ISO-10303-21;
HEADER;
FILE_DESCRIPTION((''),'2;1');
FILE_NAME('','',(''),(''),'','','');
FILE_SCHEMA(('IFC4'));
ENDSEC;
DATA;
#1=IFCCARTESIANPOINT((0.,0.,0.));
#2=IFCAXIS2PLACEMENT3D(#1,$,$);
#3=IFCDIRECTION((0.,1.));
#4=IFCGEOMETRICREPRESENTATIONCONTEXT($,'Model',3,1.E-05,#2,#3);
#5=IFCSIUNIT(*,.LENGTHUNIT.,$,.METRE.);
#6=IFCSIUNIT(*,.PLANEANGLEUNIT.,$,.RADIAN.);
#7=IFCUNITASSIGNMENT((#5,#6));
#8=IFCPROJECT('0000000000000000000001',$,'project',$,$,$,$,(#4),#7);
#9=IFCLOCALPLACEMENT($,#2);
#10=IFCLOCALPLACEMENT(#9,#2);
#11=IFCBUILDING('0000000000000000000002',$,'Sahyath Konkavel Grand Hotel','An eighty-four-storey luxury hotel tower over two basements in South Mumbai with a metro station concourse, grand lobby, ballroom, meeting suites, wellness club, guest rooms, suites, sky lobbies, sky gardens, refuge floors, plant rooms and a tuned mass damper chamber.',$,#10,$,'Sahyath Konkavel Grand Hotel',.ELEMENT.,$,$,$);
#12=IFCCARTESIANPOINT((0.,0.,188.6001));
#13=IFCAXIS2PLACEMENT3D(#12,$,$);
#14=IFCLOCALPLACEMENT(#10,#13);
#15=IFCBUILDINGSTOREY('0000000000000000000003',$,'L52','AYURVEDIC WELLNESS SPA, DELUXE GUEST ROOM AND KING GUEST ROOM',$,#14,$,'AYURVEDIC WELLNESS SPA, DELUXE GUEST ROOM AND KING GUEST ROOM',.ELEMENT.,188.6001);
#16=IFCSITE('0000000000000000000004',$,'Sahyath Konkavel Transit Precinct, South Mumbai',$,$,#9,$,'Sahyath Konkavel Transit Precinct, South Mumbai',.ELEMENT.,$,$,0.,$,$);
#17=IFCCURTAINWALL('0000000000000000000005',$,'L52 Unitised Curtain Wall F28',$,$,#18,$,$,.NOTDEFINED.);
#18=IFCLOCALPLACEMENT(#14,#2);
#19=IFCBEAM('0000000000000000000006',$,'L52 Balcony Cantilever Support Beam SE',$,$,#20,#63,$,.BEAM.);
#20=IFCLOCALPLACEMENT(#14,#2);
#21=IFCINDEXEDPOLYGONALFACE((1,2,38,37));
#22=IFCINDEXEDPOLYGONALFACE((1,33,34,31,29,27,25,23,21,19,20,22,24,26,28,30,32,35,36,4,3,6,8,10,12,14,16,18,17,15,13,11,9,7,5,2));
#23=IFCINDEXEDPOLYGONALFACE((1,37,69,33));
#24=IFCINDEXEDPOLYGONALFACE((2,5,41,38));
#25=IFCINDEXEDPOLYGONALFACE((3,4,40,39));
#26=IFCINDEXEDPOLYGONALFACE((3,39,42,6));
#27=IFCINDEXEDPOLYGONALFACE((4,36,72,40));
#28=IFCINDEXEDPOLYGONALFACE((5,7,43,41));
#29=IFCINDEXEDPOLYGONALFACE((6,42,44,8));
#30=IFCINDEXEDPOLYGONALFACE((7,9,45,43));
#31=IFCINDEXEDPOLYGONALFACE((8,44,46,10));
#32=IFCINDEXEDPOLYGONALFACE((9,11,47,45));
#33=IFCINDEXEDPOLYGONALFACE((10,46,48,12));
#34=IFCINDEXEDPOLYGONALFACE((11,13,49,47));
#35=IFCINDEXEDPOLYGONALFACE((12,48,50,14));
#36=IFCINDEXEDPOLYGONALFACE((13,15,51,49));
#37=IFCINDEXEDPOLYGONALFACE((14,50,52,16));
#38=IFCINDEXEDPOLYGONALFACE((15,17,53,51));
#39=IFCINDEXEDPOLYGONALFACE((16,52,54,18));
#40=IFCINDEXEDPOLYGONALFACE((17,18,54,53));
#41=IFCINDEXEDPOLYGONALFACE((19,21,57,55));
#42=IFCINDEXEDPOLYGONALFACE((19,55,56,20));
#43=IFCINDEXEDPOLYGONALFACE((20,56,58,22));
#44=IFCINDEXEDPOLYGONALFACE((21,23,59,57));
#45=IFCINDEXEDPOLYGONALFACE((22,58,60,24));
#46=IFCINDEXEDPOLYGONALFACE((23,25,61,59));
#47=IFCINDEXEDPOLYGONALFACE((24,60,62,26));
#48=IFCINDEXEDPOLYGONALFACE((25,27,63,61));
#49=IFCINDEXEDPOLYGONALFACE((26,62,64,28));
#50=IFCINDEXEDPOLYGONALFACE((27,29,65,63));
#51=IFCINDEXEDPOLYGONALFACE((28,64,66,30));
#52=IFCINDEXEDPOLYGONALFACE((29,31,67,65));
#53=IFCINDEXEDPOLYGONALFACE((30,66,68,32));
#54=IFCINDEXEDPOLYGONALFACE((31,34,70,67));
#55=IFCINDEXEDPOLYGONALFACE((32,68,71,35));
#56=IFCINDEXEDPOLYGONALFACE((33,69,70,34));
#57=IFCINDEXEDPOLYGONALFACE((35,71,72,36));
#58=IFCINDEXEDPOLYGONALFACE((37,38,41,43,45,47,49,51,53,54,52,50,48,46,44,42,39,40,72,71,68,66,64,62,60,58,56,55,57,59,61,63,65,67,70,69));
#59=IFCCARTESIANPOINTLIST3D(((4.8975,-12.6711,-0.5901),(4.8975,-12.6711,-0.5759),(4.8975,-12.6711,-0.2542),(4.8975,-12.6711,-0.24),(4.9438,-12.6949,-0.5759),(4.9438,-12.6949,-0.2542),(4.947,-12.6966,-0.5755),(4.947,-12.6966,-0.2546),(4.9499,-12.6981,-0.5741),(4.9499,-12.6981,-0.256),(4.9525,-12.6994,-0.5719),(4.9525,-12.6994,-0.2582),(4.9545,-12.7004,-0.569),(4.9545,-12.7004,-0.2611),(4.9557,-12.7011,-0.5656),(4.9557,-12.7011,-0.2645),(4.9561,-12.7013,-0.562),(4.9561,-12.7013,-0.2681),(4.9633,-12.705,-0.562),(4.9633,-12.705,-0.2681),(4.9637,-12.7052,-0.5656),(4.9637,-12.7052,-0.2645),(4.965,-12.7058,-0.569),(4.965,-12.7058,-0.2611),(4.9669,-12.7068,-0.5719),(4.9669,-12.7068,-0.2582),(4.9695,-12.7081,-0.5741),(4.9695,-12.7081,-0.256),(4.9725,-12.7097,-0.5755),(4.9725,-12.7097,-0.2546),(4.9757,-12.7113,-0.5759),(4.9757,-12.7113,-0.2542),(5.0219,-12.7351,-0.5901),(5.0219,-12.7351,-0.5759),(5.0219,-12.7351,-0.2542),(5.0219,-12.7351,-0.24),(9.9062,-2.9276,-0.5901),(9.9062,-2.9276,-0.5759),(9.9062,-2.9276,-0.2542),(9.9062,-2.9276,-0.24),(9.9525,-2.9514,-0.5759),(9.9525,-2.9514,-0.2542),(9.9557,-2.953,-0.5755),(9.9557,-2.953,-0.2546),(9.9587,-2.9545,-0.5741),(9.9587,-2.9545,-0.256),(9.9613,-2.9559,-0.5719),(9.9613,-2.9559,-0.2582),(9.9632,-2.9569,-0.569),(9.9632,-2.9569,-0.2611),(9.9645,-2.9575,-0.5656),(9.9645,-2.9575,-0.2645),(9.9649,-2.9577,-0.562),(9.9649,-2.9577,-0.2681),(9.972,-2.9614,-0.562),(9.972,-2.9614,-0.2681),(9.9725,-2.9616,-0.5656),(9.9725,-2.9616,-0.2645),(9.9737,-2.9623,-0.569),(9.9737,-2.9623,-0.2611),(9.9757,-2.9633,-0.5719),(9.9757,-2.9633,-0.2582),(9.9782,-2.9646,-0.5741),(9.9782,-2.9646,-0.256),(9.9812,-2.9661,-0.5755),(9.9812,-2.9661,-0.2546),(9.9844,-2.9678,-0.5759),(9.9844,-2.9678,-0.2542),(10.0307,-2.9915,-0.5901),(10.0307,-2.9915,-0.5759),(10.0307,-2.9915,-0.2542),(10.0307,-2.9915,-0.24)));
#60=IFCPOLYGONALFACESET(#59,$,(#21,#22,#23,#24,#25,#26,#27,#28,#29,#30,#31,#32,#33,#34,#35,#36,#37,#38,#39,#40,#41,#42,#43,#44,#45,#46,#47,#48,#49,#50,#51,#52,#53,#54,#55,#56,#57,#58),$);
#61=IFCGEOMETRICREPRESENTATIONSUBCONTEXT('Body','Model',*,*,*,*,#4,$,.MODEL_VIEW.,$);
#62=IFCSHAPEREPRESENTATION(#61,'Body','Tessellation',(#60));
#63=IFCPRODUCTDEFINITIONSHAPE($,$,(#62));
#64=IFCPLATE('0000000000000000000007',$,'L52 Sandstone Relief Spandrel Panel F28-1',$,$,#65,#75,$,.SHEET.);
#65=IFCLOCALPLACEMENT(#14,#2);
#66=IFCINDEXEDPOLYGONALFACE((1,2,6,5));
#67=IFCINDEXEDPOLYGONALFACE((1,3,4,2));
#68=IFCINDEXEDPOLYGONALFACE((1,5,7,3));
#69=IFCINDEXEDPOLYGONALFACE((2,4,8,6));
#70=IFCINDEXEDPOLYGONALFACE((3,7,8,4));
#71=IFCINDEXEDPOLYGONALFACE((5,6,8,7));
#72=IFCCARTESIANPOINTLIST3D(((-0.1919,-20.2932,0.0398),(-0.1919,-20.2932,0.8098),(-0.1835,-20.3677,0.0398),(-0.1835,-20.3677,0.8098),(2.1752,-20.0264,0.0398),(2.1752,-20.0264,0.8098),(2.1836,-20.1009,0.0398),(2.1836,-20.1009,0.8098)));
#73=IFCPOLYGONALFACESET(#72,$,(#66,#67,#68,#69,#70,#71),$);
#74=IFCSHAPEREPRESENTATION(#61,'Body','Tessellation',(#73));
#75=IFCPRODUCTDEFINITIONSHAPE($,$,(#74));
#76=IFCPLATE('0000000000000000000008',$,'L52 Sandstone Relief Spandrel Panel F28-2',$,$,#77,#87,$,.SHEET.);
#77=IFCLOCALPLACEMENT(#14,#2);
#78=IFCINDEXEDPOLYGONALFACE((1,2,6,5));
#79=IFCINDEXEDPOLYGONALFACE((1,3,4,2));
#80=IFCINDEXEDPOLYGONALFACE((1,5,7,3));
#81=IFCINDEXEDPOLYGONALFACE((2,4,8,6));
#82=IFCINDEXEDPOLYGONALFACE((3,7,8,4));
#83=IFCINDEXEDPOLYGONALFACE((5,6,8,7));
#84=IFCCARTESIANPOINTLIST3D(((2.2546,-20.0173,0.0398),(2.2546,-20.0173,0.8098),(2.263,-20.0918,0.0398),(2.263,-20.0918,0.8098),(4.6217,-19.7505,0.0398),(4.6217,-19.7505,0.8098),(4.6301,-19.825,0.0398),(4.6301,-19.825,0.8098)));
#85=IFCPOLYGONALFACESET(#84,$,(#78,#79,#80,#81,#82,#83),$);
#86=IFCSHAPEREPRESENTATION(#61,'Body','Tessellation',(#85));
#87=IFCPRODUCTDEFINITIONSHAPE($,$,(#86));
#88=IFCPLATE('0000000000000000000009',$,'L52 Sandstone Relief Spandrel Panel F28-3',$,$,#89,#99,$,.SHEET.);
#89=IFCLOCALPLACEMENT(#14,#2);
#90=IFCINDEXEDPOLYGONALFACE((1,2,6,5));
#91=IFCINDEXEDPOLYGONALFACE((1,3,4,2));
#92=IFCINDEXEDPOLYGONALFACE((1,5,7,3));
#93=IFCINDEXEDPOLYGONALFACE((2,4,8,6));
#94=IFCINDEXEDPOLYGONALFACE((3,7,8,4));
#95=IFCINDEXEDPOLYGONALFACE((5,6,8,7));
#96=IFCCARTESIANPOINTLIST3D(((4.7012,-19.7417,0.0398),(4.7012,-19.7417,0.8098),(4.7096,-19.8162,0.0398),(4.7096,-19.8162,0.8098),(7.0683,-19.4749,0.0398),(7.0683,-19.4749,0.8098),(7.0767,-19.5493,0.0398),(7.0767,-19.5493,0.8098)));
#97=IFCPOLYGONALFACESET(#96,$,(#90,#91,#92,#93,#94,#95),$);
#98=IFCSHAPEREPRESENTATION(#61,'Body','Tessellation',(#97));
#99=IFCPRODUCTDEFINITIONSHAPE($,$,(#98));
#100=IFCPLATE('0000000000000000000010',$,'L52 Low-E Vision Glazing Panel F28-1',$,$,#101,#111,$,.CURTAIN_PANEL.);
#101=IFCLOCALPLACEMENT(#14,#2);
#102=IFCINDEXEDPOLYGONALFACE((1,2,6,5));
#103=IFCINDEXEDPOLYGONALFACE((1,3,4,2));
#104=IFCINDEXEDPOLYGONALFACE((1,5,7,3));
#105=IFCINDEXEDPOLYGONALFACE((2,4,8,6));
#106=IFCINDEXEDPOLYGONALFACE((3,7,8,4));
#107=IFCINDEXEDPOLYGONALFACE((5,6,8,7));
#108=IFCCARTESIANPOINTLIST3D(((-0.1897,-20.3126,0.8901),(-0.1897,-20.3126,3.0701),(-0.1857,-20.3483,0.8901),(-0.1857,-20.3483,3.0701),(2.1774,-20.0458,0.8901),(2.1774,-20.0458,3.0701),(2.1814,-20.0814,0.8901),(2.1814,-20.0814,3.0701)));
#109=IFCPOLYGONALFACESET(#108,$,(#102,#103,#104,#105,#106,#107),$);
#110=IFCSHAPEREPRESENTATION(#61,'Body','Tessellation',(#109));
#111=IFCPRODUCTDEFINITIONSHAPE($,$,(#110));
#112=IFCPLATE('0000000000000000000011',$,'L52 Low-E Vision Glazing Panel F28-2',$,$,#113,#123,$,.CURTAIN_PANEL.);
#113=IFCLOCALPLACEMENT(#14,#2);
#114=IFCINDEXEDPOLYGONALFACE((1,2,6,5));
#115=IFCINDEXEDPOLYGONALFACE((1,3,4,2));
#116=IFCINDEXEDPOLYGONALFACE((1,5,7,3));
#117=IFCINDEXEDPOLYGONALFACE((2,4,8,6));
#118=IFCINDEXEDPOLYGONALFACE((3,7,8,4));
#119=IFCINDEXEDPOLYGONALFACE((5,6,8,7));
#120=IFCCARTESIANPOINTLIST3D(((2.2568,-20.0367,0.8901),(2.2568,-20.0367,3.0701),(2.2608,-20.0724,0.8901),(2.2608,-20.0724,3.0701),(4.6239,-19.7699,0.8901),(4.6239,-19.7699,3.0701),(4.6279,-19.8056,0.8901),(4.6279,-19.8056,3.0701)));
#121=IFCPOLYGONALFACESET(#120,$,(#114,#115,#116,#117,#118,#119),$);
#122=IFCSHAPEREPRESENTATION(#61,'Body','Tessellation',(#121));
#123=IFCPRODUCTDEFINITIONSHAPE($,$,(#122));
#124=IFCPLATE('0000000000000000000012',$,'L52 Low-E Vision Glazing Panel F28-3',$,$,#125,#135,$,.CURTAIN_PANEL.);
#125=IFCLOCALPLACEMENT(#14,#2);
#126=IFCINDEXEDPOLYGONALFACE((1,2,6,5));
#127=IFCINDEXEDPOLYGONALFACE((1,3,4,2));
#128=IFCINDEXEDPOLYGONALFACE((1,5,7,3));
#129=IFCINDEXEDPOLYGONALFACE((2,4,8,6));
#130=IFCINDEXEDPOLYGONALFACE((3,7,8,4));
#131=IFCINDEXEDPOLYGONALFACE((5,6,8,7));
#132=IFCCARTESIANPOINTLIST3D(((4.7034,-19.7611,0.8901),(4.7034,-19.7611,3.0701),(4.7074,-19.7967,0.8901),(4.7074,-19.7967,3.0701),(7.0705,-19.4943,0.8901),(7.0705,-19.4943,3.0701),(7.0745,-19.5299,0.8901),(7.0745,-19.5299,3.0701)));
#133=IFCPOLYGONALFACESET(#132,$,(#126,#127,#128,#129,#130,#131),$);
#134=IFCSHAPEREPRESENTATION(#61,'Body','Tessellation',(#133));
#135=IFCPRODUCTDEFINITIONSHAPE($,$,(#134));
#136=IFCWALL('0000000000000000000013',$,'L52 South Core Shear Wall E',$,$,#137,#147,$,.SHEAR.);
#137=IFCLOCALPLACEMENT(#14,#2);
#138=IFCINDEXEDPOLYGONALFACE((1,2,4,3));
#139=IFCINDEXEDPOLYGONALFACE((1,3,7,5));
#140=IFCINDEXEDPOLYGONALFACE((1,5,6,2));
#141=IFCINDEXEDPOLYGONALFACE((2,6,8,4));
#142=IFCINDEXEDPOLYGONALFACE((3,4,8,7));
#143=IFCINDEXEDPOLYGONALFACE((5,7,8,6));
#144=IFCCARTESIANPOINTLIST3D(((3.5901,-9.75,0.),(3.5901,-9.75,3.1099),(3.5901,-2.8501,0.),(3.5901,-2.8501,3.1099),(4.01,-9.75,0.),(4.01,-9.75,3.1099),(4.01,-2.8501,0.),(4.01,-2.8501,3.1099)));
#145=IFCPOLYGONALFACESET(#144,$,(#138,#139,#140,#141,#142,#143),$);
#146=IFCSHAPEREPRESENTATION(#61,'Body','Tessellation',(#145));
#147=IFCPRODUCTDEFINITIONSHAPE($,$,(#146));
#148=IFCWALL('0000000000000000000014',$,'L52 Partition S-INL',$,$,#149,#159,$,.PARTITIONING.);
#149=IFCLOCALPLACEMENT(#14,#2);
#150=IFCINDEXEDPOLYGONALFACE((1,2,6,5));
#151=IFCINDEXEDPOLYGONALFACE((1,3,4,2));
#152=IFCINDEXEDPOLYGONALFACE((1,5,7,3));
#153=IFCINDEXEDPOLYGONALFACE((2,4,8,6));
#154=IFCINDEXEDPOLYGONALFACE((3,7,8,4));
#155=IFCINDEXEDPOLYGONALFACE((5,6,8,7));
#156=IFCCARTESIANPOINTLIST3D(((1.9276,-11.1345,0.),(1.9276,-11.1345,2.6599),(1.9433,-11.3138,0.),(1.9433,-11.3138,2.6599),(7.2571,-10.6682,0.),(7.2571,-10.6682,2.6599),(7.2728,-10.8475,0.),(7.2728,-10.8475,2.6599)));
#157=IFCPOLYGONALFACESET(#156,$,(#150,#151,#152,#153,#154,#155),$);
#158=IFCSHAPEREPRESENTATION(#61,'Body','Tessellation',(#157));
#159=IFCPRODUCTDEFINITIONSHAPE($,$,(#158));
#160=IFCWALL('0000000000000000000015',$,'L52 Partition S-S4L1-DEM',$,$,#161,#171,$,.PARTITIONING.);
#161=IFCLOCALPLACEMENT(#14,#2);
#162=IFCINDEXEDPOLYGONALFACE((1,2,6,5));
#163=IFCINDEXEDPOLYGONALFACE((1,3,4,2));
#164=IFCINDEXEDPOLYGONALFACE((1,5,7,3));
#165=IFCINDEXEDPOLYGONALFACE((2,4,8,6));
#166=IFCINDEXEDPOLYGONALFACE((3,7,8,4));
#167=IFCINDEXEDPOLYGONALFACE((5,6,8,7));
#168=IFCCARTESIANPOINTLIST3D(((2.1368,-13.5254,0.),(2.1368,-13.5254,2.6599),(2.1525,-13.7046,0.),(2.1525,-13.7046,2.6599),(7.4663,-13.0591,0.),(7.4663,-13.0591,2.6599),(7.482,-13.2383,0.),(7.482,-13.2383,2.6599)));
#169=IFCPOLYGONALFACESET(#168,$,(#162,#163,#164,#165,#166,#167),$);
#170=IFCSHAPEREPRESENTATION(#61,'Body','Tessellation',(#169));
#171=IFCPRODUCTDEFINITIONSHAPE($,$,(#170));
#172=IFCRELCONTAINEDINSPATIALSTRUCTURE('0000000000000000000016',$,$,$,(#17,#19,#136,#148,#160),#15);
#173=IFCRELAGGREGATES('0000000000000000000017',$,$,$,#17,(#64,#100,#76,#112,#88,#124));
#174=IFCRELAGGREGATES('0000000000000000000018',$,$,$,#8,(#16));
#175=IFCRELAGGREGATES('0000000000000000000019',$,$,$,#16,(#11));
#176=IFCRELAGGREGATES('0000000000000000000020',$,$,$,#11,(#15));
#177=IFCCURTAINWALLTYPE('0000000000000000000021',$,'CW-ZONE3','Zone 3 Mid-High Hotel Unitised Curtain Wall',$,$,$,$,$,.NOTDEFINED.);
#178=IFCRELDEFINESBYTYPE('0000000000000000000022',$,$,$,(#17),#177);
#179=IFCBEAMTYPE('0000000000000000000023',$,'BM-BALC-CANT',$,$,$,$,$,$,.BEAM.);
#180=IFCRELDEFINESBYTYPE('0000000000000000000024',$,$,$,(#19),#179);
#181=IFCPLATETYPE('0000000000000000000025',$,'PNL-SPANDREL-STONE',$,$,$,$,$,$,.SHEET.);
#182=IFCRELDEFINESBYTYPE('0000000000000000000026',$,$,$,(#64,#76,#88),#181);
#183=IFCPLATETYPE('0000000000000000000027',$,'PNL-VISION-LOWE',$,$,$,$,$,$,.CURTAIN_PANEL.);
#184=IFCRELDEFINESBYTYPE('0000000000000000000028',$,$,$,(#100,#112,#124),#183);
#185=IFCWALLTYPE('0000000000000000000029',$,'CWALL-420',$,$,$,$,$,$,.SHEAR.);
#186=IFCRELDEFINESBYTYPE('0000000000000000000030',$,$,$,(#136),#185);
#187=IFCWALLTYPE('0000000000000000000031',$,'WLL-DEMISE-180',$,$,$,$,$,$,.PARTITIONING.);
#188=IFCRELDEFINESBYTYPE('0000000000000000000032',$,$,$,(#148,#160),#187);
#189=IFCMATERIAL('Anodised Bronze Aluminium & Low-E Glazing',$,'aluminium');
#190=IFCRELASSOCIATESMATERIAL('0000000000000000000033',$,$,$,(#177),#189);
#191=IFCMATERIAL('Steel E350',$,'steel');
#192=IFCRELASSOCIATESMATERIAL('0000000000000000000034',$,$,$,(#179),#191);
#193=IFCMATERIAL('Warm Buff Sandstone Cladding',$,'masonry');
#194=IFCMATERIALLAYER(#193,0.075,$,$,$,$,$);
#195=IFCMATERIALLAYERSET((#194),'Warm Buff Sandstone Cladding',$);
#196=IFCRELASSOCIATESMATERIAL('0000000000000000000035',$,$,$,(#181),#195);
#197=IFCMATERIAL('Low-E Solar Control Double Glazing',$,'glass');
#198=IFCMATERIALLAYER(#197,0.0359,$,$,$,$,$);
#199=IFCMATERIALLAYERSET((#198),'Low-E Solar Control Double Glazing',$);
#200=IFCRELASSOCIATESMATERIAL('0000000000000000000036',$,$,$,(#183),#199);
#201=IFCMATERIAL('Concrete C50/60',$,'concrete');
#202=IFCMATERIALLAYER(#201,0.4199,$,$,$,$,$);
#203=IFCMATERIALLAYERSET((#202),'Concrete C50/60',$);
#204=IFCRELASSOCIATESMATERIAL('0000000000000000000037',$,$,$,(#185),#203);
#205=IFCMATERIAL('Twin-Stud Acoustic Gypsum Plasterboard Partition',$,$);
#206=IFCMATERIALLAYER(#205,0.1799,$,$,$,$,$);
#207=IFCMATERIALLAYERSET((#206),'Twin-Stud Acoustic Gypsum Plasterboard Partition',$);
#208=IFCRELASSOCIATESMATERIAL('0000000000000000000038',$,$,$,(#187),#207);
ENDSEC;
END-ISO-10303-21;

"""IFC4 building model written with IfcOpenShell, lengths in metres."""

from ifc_helpers import new_model, si_unit, direction, frame, frame_2d, origin, origin_2d, place, context, subcontext, project, spatial, rectangle, i_section, extrude, source, transform, mapped, material, layer, layer_set, material_profile, profile_set, type_object, element, aggregate, save


model = new_model("IFC4")

# Units and contexts
model_context = context("Model", 3, precision=1e-05, world=origin(), true_north=direction((0.0, 1.0)))
body_context = subcontext(model_context, "Body", "Model", "MODEL_VIEW")
ifc_project = project(units=[si_unit("LENGTHUNIT", "METRE"), si_unit("PLANEANGLEUNIT", "RADIAN")], contexts=[model_context])

# Site, building, storey
site_placement = place(None, origin())
site = spatial("IfcSite", under=ifc_project, at=site_placement, Name="Sahyath Konkavel Transit Precinct, South Mumbai", LongName="Sahyath Konkavel Transit Precinct, South Mumbai", CompositionType="ELEMENT", RefElevation=0.0)
building_placement = place(site_placement, origin())
building = spatial("IfcBuilding", under=site, at=building_placement, Name="Sahyath Konkavel Grand Hotel", Description="An eighty-four-storey luxury hotel tower over two basements in South Mumbai with a metro station concourse, grand lobby, ballroom, meeting suites, wellness club, guest rooms, suites, sky lobbies, sky gardens, refuge floors, plant rooms and a tuned mass damper chamber.", LongName="Sahyath Konkavel Grand Hotel", CompositionType="ELEMENT")
storey_placement = place(building_placement, frame((0.0, 0.0, 188.6001)))
storey = spatial("IfcBuildingStorey", under=building, at=storey_placement, Name="L52", Description="AYURVEDIC WELLNESS SPA, DELUXE GUEST ROOM AND KING GUEST ROOM", LongName="AYURVEDIC WELLNESS SPA, DELUXE GUEST ROOM AND KING GUEST ROOM", CompositionType="ELEMENT", Elevation=188.6001)

# Shared definitions
ifc_material_1 = material(Name="Concrete C50/60", Category="concrete")

# Shared definitions
ifc_material_2 = material(Name="Steel E350", Category="steel")

# Curtain wall
ifc_material_3 = material(Name="Anodised Bronze Aluminium & Low-E Glazing", Category="aluminium")
curtain_wall_type = type_object("IfcCurtainWallType", Name="CW-ZONE3", Description="Zone 3 Mid-High Hotel Unitised Curtain Wall", PredefinedType="NOTDEFINED", material=ifc_material_3)
curtain_wall_placement = place(storey_placement, origin())
curtain_wall = element("IfcCurtainWall", 1, at=curtain_wall_placement, inside=storey, type_object=curtain_wall_type, Name="L52 Unitised Curtain Wall F28", PredefinedType="NOTDEFINED")

# Beam
ifc_material_profile_1 = material_profile(ifc_material_2, i_section(OverallWidth=0.1399, OverallDepth=0.3501, WebThickness=0.0081, FlangeThickness=0.0142, FilletRadius=0.0139, at=origin_2d()), Name="ISMB 350")
ifc_profile_set_1 = profile_set([ifc_material_profile_1], Name="Steel E350")
beam_type_1 = type_object("IfcBeamType", Name="BM-BALC-CANT", PredefinedType="BEAM", material=ifc_profile_set_1)
shared_shape_1 = source(origin(), body_context, "Body", "SweptSolid", [
    extrude(i_section(OverallWidth=0.1399, OverallDepth=0.3501, WebThickness=0.0081, FlangeThickness=0.0142, FilletRadius=0.0139, at=origin_2d()), origin(), (0.0, 0.0, 1.0), 10.9556),
])
beam_1_placement = place(storey_placement, frame((4.9597, -12.7031, -0.415), z_axis=(0.457187, 0.889371, 0.0), x_axis=(-0.889371, 0.457187, 0.0)))
element("IfcBeam", 2, at=beam_1_placement, inside=storey, type_object=beam_type_1, Name="L52 Balcony Cantilever Support Beam SE", PredefinedType="BEAM", context=body_context, shape_type="MappedRepresentation", body=[
    mapped(shared_shape_1, transform((0.0, 0.0, 0.0), scale=1.0)),
])

# Plates
ifc_material_4 = material(Name="Warm Buff Sandstone Cladding", Category="masonry")
ifc_layer_1 = layer(ifc_material_4, 0.075)
ifc_layer_set_1 = layer_set([ifc_layer_1], Name="Warm Buff Sandstone Cladding")
plate_type_1 = type_object("IfcPlateType", Name="PNL-SPANDREL-STONE", PredefinedType="SHEET", material=ifc_layer_set_1)
shared_shape_2 = source(origin(), body_context, "Body", "SweptSolid", [
    extrude(rectangle(XDim=2.3821, YDim=0.075, at=origin_2d()), origin(), (0.0, 0.0, 1.0), 0.77),
])
plate_1_placement = place(storey_placement, frame((0.9958, -20.197, 0.0398), z_axis=(0.0, 0.0, 1.0), x_axis=(0.993707, 0.112007, 0.0)))
plate_1 = element("IfcPlate", 3, at=plate_1_placement, type_object=plate_type_1, Name="L52 Sandstone Relief Spandrel Panel F28-1", PredefinedType="SHEET", context=body_context, shape_type="MappedRepresentation", body=[
    mapped(shared_shape_2, transform((0.0, 0.0, 0.0), scale=1.0)),
])
plate_2_placement = place(storey_placement, frame((3.4424, -19.9211, 0.0398), z_axis=(0.0, 0.0, 1.0), x_axis=(0.993707, 0.112007, 0.0)))
plate_2 = element("IfcPlate", 4, at=plate_2_placement, type_object=plate_type_1, Name="L52 Sandstone Relief Spandrel Panel F28-2", PredefinedType="SHEET", context=body_context, shape_type="MappedRepresentation", body=[
    mapped(shared_shape_2, transform((0.0, 0.0, 0.0), scale=1.0)),
])
plate_3_placement = place(storey_placement, frame((5.8889, -19.6455, 0.0398), z_axis=(0.0, 0.0, 1.0), x_axis=(0.993707, 0.112007, 0.0)))
plate_3 = element("IfcPlate", 5, at=plate_3_placement, type_object=plate_type_1, Name="L52 Sandstone Relief Spandrel Panel F28-3", PredefinedType="SHEET", context=body_context, shape_type="MappedRepresentation", body=[
    mapped(shared_shape_2, transform((0.0, 0.0, 0.0), scale=1.0)),
])
ifc_material_5 = material(Name="Low-E Solar Control Double Glazing", Category="glass")
ifc_layer_2 = layer(ifc_material_5, 0.0359)
ifc_layer_set_2 = layer_set([ifc_layer_2], Name="Low-E Solar Control Double Glazing")
plate_type_2 = type_object("IfcPlateType", Name="PNL-VISION-LOWE", PredefinedType="CURTAIN_PANEL", material=ifc_layer_set_2)
shared_shape_3 = source(origin(), body_context, "Body", "SweptSolid", [
    extrude(rectangle(XDim=2.3821, YDim=0.0359, at=origin_2d()), origin(), (0.0, 0.0, 1.0), 2.1799),
])
plate_4_placement = place(storey_placement, frame((0.9958, -20.197, 0.8901), z_axis=(0.0, 0.0, 1.0), x_axis=(0.993707, 0.112007, 0.0)))
plate_4 = element("IfcPlate", 6, at=plate_4_placement, type_object=plate_type_2, Name="L52 Low-E Vision Glazing Panel F28-1", PredefinedType="CURTAIN_PANEL", context=body_context, shape_type="MappedRepresentation", body=[
    mapped(shared_shape_3, transform((0.0, 0.0, 0.0), scale=1.0)),
])
plate_5_placement = place(storey_placement, frame((3.4424, -19.9211, 0.8901), z_axis=(0.0, 0.0, 1.0), x_axis=(0.993707, 0.112007, 0.0)))
plate_5 = element("IfcPlate", 7, at=plate_5_placement, type_object=plate_type_2, Name="L52 Low-E Vision Glazing Panel F28-2", PredefinedType="CURTAIN_PANEL", context=body_context, shape_type="MappedRepresentation", body=[
    mapped(shared_shape_3, transform((0.0, 0.0, 0.0), scale=1.0)),
])
plate_6_placement = place(storey_placement, frame((5.8889, -19.6455, 0.8901), z_axis=(0.0, 0.0, 1.0), x_axis=(0.993707, 0.112007, 0.0)))
plate_6 = element("IfcPlate", 8, at=plate_6_placement, type_object=plate_type_2, Name="L52 Low-E Vision Glazing Panel F28-3", PredefinedType="CURTAIN_PANEL", context=body_context, shape_type="MappedRepresentation", body=[
    mapped(shared_shape_3, transform((0.0, 0.0, 0.0), scale=1.0)),
])
aggregate(curtain_wall, [plate_1, plate_4, plate_2, plate_5, plate_3, plate_6])

# Walls
ifc_layer_3 = layer(ifc_material_1, 0.4199)
ifc_layer_set_3 = layer_set([ifc_layer_3], Name="Concrete C50/60")
wall_type_1 = type_object("IfcWallType", Name="CWALL-420", PredefinedType="SHEAR", material=ifc_layer_set_3)
wall_1_placement = place(storey_placement, frame((3.8, -9.75, 0.0), z_axis=(0.0, 0.0, 1.0), x_axis=(0.0, 1.0, 0.0)))
element("IfcWall", 9, at=wall_1_placement, inside=storey, type_object=wall_type_1, Name="L52 South Core Shear Wall E", PredefinedType="SHEAR", context=body_context, shape_type="SweptSolid", body=[
    extrude(rectangle(XDim=6.8999, YDim=0.4199, at=frame_2d((3.45, 0.0))), origin(), (0.0, 0.0, 1.0), 3.1099),
])
ifc_material_6 = material(Name="Twin-Stud Acoustic Gypsum Plasterboard Partition")
ifc_layer_4 = layer(ifc_material_6, 0.1799)
ifc_layer_set_4 = layer_set([ifc_layer_4], Name="Twin-Stud Acoustic Gypsum Plasterboard Partition")
wall_type_2 = type_object("IfcWallType", Name="WLL-DEMISE-180", PredefinedType="PARTITIONING", material=ifc_layer_set_4)
for number, where, z_axis, x_axis, name in (
    (10, (1.9355, -11.2241, 0.0), (0.0, 0.0, 1.0), (0.996194, 0.087161, 0.0), "L52 Partition S-INL"),
    (11, (2.1448, -13.615, 0.0), (0.0, 0.0, 1.0), (0.996194, 0.087161, 0.0), "L52 Partition S-S4L1-DEM"),
):
    element("IfcWall", number, at=place(storey_placement, frame(where, z_axis=z_axis, x_axis=x_axis)), inside=storey, type_object=wall_type_2, Name=name, PredefinedType="PARTITIONING", context=body_context, shape_type="SweptSolid", body=[
        extrude(rectangle(XDim=5.3499, YDim=0.1799, at=frame_2d((2.6748, 0.0))), origin(), (0.0, 0.0, 1.0), 2.6599),
    ])

save(model, "model.ifc")
